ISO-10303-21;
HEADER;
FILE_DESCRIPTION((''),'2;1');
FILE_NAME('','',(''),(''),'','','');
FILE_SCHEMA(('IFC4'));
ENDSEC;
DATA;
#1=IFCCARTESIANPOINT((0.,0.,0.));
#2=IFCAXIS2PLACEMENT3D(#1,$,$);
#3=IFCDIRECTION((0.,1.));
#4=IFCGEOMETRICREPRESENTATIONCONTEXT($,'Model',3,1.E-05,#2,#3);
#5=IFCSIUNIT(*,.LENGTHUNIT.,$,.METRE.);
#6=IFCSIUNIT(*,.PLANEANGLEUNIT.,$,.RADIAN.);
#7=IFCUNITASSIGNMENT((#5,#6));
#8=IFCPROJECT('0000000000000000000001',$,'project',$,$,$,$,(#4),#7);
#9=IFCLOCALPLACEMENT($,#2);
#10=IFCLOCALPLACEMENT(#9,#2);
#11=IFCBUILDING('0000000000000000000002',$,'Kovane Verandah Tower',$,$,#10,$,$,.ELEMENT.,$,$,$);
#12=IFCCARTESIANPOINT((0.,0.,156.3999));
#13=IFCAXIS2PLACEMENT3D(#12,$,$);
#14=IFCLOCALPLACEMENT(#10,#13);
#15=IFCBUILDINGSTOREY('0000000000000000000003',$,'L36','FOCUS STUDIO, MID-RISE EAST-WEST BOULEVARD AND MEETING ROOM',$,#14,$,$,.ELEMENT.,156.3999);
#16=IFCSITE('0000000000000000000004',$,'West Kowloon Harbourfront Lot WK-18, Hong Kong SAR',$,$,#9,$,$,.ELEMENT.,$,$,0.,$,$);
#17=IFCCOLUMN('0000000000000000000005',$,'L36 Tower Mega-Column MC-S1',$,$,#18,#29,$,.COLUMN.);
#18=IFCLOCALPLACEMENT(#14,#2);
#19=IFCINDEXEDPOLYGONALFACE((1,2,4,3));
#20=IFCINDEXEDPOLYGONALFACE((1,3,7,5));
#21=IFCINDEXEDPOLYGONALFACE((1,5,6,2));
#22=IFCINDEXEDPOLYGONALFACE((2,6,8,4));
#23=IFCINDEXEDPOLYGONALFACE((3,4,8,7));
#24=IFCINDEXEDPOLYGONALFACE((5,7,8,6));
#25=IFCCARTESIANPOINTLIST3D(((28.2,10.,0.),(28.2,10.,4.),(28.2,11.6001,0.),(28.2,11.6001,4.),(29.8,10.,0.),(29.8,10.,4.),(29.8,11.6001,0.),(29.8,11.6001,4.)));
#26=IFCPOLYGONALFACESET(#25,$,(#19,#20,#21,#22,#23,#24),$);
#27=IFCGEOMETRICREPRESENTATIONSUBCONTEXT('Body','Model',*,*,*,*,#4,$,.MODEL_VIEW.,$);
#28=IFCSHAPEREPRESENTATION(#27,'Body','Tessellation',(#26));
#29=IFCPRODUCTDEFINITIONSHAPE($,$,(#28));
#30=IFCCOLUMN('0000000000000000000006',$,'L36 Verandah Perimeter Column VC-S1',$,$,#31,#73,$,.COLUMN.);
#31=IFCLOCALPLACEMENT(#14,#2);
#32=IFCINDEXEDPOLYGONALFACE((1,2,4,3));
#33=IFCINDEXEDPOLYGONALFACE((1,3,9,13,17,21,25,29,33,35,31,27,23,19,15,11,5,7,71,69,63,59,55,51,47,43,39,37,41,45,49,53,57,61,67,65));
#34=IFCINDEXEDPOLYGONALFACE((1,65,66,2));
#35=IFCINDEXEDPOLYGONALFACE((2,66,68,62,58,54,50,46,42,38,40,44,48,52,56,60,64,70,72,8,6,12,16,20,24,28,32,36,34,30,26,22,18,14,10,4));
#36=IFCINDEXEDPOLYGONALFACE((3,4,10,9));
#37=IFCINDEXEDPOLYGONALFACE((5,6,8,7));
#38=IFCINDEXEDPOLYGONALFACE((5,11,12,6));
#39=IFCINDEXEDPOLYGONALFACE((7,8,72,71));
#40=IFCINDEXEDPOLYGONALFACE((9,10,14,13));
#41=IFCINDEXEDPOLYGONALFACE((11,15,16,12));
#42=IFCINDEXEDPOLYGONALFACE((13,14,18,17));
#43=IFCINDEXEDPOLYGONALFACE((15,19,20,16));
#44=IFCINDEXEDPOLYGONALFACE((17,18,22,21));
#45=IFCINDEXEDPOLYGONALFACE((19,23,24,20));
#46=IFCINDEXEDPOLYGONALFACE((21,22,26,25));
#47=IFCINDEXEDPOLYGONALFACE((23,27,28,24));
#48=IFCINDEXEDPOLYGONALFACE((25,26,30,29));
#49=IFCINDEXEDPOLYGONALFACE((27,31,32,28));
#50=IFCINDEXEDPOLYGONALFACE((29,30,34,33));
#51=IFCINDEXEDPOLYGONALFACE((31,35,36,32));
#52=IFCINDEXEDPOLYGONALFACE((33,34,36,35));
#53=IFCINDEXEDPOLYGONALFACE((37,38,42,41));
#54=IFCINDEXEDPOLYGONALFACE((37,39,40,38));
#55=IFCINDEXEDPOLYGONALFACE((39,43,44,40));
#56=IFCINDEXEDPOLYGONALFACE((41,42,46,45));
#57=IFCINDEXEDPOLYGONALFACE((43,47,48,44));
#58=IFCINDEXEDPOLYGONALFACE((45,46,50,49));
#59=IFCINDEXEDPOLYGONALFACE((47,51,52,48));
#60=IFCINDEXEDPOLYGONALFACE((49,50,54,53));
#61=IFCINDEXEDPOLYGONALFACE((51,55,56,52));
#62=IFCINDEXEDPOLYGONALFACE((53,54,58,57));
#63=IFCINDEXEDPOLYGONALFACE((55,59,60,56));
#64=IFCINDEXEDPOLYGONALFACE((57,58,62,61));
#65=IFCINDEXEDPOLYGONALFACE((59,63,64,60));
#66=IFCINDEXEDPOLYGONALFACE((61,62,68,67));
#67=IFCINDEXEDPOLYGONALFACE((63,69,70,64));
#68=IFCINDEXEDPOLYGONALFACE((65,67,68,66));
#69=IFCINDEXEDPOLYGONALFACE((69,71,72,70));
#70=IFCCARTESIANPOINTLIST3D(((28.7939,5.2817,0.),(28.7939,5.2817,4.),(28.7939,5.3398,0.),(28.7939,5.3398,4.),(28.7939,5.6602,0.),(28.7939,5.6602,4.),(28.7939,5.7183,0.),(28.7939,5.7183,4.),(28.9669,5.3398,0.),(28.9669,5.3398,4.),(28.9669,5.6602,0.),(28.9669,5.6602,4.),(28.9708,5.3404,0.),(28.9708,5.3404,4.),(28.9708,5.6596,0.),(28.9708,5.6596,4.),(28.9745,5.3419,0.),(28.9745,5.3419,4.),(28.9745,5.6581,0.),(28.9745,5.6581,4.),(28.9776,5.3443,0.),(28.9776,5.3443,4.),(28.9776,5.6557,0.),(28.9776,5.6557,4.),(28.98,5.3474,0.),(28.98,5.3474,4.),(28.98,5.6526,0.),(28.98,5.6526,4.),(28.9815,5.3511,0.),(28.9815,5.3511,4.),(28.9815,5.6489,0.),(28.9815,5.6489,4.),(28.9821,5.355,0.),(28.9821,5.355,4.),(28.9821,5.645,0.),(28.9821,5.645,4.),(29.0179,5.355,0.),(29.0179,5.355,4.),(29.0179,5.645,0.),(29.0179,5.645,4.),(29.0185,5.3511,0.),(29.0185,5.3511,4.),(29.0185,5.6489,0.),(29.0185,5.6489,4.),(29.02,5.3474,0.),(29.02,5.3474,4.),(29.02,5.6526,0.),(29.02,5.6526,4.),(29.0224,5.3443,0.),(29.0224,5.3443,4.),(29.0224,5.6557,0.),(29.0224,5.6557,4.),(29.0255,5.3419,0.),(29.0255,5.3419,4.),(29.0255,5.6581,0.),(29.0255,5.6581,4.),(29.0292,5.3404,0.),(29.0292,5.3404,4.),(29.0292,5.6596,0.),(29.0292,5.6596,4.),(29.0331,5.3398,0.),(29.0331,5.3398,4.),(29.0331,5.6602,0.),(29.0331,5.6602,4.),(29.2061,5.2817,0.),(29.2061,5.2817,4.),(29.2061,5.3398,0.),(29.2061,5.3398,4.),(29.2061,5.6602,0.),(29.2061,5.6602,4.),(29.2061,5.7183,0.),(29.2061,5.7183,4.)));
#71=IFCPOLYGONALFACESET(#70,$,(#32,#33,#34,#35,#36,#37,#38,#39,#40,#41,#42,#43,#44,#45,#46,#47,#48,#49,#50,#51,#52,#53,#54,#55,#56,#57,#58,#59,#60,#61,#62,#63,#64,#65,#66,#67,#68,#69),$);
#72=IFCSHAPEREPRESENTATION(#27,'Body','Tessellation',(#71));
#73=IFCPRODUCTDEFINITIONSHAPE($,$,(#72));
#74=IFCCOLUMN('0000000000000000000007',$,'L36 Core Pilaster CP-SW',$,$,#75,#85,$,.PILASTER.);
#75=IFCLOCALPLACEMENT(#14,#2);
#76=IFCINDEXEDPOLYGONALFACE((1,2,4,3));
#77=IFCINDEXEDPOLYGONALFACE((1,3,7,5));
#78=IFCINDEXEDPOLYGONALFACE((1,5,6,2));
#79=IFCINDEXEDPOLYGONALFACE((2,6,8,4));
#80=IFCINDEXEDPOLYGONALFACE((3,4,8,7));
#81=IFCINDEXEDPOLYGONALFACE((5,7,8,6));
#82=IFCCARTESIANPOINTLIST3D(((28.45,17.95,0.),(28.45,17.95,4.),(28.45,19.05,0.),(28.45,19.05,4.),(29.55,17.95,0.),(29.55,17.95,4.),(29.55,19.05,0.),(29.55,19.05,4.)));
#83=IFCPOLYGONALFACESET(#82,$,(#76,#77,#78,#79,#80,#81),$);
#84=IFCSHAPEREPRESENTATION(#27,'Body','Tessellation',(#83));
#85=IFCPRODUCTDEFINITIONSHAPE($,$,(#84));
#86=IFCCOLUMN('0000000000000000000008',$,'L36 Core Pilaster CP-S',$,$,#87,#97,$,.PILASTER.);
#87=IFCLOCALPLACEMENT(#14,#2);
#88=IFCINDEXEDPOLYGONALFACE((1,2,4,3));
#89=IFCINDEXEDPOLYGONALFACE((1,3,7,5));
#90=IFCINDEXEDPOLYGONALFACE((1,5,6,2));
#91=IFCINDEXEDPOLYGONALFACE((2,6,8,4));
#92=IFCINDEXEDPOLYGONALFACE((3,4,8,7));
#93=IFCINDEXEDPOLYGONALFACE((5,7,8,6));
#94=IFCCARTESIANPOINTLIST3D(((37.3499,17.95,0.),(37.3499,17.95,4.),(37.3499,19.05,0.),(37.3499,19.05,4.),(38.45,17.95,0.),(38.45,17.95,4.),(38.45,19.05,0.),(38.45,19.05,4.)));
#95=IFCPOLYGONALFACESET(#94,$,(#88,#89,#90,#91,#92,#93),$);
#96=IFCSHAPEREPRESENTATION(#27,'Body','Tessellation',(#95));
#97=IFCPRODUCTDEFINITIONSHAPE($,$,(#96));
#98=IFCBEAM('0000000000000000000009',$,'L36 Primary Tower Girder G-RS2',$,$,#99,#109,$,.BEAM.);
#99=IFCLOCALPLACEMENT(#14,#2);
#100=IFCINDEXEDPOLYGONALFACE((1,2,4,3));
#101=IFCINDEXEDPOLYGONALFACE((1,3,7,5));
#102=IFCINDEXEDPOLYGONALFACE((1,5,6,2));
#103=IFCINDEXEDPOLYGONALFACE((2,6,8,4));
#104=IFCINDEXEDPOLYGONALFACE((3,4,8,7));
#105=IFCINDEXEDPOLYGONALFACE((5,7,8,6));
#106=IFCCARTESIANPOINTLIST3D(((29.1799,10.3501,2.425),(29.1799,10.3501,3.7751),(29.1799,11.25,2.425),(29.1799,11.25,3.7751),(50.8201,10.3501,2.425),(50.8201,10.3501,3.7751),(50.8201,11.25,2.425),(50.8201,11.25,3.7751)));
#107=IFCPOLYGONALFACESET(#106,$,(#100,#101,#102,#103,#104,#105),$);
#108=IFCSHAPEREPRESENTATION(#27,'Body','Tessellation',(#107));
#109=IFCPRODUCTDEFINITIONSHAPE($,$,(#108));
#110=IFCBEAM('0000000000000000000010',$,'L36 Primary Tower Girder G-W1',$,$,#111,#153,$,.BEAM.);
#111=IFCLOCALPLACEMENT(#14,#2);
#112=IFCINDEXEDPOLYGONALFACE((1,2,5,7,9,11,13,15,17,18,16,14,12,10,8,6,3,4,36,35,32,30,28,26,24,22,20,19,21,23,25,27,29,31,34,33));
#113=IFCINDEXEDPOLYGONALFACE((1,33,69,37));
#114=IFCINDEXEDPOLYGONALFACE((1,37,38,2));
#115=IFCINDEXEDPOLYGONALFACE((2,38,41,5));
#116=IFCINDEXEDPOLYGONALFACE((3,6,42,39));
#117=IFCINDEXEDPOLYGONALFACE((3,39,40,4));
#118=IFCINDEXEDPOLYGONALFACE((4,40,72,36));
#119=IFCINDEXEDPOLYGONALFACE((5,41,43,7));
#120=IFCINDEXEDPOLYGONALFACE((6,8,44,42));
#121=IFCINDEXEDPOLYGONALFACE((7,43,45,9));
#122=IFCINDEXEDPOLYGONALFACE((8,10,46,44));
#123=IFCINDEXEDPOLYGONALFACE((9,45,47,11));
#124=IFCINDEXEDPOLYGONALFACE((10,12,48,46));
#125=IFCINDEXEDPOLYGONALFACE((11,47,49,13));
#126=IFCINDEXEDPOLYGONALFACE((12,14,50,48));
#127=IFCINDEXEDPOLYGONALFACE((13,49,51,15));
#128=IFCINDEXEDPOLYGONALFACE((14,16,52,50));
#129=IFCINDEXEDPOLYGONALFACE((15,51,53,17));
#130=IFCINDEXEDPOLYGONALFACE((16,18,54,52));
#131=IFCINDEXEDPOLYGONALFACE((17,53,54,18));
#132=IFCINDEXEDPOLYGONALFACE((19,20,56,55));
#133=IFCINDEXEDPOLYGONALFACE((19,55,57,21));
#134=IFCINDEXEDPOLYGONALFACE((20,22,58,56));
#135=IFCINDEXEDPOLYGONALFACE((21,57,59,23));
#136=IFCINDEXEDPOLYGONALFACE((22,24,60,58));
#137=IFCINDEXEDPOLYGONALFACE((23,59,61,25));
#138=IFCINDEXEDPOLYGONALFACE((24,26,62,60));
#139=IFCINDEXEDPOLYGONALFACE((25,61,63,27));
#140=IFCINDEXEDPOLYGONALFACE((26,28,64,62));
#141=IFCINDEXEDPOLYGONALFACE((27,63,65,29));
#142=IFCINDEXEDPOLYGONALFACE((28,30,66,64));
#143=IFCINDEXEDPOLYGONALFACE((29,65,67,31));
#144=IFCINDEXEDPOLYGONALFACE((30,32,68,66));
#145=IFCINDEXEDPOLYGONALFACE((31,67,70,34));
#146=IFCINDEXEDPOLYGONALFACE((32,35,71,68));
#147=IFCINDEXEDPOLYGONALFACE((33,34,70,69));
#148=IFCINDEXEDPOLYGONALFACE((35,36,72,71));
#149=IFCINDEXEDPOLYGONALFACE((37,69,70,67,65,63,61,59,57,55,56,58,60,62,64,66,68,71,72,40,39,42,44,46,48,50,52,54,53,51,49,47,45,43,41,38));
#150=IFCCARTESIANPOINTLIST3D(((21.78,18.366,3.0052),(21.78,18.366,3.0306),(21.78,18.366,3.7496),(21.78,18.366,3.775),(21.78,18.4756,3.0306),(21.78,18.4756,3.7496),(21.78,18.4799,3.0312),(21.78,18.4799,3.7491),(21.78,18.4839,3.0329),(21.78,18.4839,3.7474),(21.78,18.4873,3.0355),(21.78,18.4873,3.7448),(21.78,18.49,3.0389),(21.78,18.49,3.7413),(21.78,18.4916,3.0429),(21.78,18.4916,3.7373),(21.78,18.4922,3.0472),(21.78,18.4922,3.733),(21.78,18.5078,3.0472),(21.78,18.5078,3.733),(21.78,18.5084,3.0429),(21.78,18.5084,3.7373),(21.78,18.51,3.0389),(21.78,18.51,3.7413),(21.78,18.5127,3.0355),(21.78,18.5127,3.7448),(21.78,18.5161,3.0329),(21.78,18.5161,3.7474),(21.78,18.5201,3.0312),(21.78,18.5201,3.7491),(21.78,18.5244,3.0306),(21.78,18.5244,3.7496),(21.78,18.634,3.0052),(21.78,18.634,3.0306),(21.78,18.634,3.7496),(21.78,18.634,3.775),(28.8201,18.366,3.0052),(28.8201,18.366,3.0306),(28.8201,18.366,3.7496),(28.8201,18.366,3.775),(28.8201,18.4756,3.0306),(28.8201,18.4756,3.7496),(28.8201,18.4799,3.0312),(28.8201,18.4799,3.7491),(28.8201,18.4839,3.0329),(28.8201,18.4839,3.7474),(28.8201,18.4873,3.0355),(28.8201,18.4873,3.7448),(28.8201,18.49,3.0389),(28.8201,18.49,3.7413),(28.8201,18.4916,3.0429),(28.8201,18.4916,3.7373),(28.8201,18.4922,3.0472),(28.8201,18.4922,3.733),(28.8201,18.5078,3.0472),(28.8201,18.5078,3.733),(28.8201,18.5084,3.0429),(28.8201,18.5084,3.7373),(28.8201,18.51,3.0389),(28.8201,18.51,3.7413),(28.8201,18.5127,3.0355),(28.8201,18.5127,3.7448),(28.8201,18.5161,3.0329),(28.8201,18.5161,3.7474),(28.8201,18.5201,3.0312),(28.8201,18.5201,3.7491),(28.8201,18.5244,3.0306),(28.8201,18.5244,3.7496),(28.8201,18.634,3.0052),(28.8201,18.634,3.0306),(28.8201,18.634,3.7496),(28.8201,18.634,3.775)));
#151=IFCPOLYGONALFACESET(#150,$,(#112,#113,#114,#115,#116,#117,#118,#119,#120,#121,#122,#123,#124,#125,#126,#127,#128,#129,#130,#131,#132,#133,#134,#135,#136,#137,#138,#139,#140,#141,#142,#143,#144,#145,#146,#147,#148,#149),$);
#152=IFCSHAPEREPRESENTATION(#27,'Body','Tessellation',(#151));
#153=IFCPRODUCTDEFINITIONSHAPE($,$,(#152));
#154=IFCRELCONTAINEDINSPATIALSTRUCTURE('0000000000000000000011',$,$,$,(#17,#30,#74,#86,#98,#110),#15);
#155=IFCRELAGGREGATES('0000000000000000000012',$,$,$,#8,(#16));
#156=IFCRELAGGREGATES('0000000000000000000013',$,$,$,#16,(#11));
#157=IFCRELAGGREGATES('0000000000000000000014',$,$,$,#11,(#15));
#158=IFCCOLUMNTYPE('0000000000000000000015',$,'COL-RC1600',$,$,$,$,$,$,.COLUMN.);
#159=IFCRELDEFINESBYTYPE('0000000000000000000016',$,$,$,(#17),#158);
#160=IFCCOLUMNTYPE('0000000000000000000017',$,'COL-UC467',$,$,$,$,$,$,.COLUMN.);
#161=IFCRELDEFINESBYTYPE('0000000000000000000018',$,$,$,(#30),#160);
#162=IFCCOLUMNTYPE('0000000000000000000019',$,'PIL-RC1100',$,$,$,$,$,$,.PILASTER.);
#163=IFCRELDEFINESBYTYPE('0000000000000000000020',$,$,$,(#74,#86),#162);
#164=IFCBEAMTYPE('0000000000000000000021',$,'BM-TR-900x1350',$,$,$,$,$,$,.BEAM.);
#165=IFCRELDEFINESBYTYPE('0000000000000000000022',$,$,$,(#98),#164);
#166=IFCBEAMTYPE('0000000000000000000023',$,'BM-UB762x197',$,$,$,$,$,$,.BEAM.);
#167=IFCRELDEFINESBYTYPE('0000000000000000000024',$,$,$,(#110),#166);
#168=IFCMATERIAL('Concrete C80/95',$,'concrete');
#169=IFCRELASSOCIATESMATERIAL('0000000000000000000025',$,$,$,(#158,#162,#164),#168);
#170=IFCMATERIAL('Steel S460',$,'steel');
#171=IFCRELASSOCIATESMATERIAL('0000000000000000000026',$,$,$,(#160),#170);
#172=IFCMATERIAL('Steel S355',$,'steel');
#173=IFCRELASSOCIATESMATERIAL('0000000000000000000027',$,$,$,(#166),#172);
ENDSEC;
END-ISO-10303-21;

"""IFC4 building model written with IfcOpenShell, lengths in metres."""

from ifc_helpers import new_model, si_unit, direction, frame, origin, origin_2d, place, context, subcontext, project, spatial, rectangle, i_section, extrude, material, material_profile, profile_set, type_object, element, save


model = new_model("IFC4")

# Units and contexts
model_context = context("Model", 3, precision=1e-05, world=origin(), true_north=direction((0.0, 1.0)))
body_context = subcontext(model_context, "Body", "Model", "MODEL_VIEW")
ifc_project = project(units=[si_unit("LENGTHUNIT", "METRE"), si_unit("PLANEANGLEUNIT", "RADIAN")], contexts=[model_context])

# Site, building, storey
site_placement = place(None, origin())
site = spatial("IfcSite", under=ifc_project, at=site_placement, Name="West Kowloon Harbourfront Lot WK-18, Hong Kong SAR", CompositionType="ELEMENT", RefElevation=0.0)
building_placement = place(site_placement, origin())
building = spatial("IfcBuilding", under=site, at=building_placement, Name="Kovane Verandah Tower", CompositionType="ELEMENT")
storey_placement = place(building_placement, frame((0.0, 0.0, 156.3999)))
storey = spatial("IfcBuildingStorey", under=building, at=storey_placement, Name="L36", Description="FOCUS STUDIO, MID-RISE EAST-WEST BOULEVARD AND MEETING ROOM", CompositionType="ELEMENT", Elevation=156.3999)

# Columns
ifc_material_1 = material(Name="Concrete C80/95", Category="concrete")
ifc_material_profile_1 = material_profile(ifc_material_1, rectangle(XDim=1.6001, YDim=1.6001, at=origin_2d()), Name="RC1600x1600")
ifc_profile_set_1 = profile_set([ifc_material_profile_1], Name="Concrete C80/95")
column_type_1 = type_object("IfcColumnType", Name="COL-RC1600", PredefinedType="COLUMN", material=ifc_profile_set_1)
column_1_placement = place(storey_placement, frame((29.0, 10.8, 0.0), z_axis=(0.0, 0.0, 1.0), x_axis=(1.0, 0.0, 0.0)))
element("IfcColumn", 1, at=column_1_placement, inside=storey, type_object=column_type_1, Name="L36 Tower Mega-Column MC-S1", PredefinedType="COLUMN", context=body_context, shape_type="SweptSolid", body=[
    extrude(rectangle(XDim=1.6001, YDim=1.6001, at=origin_2d()), origin(), (0.0, 0.0, 1.0), 4.0),
])
ifc_material_2 = material(Name="Steel S460", Category="steel")
ifc_material_profile_2 = material_profile(ifc_material_2, i_section(OverallWidth=0.4121, OverallDepth=0.4365, WebThickness=0.0359, FlangeThickness=0.0581, FilletRadius=0.0151, at=origin_2d()), Name="UC356x406x467")
ifc_profile_set_2 = profile_set([ifc_material_profile_2], Name="Steel S460")
column_type_2 = type_object("IfcColumnType", Name="COL-UC467", PredefinedType="COLUMN", material=ifc_profile_set_2)
column_2_placement = place(storey_placement, frame((29.0, 5.5, 0.0), z_axis=(0.0, 0.0, 1.0), x_axis=(1.0, 0.0, 0.0)))
element("IfcColumn", 2, at=column_2_placement, inside=storey, type_object=column_type_2, Name="L36 Verandah Perimeter Column VC-S1", PredefinedType="COLUMN", context=body_context, shape_type="SweptSolid", body=[
    extrude(i_section(OverallWidth=0.4121, OverallDepth=0.4365, WebThickness=0.0359, FlangeThickness=0.0581, FilletRadius=0.0151, at=origin_2d()), origin(), (0.0, 0.0, 1.0), 4.0),
])
ifc_material_profile_3 = material_profile(ifc_material_1, rectangle(XDim=1.1001, YDim=1.1001, at=origin_2d()), Name="RC1100x1100")
ifc_profile_set_3 = profile_set([ifc_material_profile_3], Name="Concrete C80/95")
column_type_3 = type_object("IfcColumnType", Name="PIL-RC1100", PredefinedType="PILASTER", material=ifc_profile_set_3)
for number, where, z_axis, x_axis, name in (
    (3, (29.0, 18.5, 0.0), (0.0, 0.0, 1.0), (1.0, 0.0, 0.0), "L36 Core Pilaster CP-SW"),
    (4, (37.8999, 18.5, 0.0), (0.0, 0.0, 1.0), (1.0, 0.0, 0.0), "L36 Core Pilaster CP-S"),
):
    element("IfcColumn", number, at=place(storey_placement, frame(where, z_axis=z_axis, x_axis=x_axis)), inside=storey, type_object=column_type_3, Name=name, PredefinedType="PILASTER", context=body_context, shape_type="SweptSolid", body=[
        extrude(rectangle(XDim=1.1001, YDim=1.1001, at=origin_2d()), origin(), (0.0, 0.0, 1.0), 4.0),
    ])

# Beams
ifc_material_profile_4 = material_profile(ifc_material_1, rectangle(XDim=0.8999, YDim=1.3501, at=origin_2d()), Name="RCB900x1350")
ifc_profile_set_4 = profile_set([ifc_material_profile_4], Name="Concrete C80/95")
beam_type_1 = type_object("IfcBeamType", Name="BM-TR-900x1350", PredefinedType="BEAM", material=ifc_profile_set_4)
beam_1_placement = place(storey_placement, frame((29.1799, 10.8, 3.1001), z_axis=(1.0, 0.0, 0.0), x_axis=(0.0, 1.0, 0.0)))
element("IfcBeam", 5, at=beam_1_placement, inside=storey, type_object=beam_type_1, Name="L36 Primary Tower Girder G-RS2", PredefinedType="BEAM", context=body_context, shape_type="SweptSolid", body=[
    extrude(rectangle(XDim=0.8999, YDim=1.3501, at=origin_2d()), origin(), (0.0, 0.0, 1.0), 21.6401),
])
ifc_material_3 = material(Name="Steel S355", Category="steel")
ifc_material_profile_5 = material_profile(ifc_material_3, i_section(OverallWidth=0.2681, OverallDepth=0.7698, WebThickness=0.0156, FlangeThickness=0.0254, FilletRadius=0.0166, at=origin_2d()), Name="UB762x267x197")
ifc_profile_set_5 = profile_set([ifc_material_profile_5], Name="Steel S355")
beam_type_2 = type_object("IfcBeamType", Name="BM-UB762x197", PredefinedType="BEAM", material=ifc_profile_set_5)
beam_2_placement = place(storey_placement, frame((28.8201, 18.5, 3.3901), z_axis=(-1.0, 0.0, 0.0), x_axis=(0.0, -1.0, 0.0)))
element("IfcBeam", 6, at=beam_2_placement, inside=storey, type_object=beam_type_2, Name="L36 Primary Tower Girder G-W1", PredefinedType="BEAM", context=body_context, shape_type="SweptSolid", body=[
    extrude(i_section(OverallWidth=0.2681, OverallDepth=0.7698, WebThickness=0.0156, FlangeThickness=0.0254, FilletRadius=0.0166, at=origin_2d()), origin(), (0.0, 0.0, 1.0), 7.04),
])

save(model, "model.ifc")
